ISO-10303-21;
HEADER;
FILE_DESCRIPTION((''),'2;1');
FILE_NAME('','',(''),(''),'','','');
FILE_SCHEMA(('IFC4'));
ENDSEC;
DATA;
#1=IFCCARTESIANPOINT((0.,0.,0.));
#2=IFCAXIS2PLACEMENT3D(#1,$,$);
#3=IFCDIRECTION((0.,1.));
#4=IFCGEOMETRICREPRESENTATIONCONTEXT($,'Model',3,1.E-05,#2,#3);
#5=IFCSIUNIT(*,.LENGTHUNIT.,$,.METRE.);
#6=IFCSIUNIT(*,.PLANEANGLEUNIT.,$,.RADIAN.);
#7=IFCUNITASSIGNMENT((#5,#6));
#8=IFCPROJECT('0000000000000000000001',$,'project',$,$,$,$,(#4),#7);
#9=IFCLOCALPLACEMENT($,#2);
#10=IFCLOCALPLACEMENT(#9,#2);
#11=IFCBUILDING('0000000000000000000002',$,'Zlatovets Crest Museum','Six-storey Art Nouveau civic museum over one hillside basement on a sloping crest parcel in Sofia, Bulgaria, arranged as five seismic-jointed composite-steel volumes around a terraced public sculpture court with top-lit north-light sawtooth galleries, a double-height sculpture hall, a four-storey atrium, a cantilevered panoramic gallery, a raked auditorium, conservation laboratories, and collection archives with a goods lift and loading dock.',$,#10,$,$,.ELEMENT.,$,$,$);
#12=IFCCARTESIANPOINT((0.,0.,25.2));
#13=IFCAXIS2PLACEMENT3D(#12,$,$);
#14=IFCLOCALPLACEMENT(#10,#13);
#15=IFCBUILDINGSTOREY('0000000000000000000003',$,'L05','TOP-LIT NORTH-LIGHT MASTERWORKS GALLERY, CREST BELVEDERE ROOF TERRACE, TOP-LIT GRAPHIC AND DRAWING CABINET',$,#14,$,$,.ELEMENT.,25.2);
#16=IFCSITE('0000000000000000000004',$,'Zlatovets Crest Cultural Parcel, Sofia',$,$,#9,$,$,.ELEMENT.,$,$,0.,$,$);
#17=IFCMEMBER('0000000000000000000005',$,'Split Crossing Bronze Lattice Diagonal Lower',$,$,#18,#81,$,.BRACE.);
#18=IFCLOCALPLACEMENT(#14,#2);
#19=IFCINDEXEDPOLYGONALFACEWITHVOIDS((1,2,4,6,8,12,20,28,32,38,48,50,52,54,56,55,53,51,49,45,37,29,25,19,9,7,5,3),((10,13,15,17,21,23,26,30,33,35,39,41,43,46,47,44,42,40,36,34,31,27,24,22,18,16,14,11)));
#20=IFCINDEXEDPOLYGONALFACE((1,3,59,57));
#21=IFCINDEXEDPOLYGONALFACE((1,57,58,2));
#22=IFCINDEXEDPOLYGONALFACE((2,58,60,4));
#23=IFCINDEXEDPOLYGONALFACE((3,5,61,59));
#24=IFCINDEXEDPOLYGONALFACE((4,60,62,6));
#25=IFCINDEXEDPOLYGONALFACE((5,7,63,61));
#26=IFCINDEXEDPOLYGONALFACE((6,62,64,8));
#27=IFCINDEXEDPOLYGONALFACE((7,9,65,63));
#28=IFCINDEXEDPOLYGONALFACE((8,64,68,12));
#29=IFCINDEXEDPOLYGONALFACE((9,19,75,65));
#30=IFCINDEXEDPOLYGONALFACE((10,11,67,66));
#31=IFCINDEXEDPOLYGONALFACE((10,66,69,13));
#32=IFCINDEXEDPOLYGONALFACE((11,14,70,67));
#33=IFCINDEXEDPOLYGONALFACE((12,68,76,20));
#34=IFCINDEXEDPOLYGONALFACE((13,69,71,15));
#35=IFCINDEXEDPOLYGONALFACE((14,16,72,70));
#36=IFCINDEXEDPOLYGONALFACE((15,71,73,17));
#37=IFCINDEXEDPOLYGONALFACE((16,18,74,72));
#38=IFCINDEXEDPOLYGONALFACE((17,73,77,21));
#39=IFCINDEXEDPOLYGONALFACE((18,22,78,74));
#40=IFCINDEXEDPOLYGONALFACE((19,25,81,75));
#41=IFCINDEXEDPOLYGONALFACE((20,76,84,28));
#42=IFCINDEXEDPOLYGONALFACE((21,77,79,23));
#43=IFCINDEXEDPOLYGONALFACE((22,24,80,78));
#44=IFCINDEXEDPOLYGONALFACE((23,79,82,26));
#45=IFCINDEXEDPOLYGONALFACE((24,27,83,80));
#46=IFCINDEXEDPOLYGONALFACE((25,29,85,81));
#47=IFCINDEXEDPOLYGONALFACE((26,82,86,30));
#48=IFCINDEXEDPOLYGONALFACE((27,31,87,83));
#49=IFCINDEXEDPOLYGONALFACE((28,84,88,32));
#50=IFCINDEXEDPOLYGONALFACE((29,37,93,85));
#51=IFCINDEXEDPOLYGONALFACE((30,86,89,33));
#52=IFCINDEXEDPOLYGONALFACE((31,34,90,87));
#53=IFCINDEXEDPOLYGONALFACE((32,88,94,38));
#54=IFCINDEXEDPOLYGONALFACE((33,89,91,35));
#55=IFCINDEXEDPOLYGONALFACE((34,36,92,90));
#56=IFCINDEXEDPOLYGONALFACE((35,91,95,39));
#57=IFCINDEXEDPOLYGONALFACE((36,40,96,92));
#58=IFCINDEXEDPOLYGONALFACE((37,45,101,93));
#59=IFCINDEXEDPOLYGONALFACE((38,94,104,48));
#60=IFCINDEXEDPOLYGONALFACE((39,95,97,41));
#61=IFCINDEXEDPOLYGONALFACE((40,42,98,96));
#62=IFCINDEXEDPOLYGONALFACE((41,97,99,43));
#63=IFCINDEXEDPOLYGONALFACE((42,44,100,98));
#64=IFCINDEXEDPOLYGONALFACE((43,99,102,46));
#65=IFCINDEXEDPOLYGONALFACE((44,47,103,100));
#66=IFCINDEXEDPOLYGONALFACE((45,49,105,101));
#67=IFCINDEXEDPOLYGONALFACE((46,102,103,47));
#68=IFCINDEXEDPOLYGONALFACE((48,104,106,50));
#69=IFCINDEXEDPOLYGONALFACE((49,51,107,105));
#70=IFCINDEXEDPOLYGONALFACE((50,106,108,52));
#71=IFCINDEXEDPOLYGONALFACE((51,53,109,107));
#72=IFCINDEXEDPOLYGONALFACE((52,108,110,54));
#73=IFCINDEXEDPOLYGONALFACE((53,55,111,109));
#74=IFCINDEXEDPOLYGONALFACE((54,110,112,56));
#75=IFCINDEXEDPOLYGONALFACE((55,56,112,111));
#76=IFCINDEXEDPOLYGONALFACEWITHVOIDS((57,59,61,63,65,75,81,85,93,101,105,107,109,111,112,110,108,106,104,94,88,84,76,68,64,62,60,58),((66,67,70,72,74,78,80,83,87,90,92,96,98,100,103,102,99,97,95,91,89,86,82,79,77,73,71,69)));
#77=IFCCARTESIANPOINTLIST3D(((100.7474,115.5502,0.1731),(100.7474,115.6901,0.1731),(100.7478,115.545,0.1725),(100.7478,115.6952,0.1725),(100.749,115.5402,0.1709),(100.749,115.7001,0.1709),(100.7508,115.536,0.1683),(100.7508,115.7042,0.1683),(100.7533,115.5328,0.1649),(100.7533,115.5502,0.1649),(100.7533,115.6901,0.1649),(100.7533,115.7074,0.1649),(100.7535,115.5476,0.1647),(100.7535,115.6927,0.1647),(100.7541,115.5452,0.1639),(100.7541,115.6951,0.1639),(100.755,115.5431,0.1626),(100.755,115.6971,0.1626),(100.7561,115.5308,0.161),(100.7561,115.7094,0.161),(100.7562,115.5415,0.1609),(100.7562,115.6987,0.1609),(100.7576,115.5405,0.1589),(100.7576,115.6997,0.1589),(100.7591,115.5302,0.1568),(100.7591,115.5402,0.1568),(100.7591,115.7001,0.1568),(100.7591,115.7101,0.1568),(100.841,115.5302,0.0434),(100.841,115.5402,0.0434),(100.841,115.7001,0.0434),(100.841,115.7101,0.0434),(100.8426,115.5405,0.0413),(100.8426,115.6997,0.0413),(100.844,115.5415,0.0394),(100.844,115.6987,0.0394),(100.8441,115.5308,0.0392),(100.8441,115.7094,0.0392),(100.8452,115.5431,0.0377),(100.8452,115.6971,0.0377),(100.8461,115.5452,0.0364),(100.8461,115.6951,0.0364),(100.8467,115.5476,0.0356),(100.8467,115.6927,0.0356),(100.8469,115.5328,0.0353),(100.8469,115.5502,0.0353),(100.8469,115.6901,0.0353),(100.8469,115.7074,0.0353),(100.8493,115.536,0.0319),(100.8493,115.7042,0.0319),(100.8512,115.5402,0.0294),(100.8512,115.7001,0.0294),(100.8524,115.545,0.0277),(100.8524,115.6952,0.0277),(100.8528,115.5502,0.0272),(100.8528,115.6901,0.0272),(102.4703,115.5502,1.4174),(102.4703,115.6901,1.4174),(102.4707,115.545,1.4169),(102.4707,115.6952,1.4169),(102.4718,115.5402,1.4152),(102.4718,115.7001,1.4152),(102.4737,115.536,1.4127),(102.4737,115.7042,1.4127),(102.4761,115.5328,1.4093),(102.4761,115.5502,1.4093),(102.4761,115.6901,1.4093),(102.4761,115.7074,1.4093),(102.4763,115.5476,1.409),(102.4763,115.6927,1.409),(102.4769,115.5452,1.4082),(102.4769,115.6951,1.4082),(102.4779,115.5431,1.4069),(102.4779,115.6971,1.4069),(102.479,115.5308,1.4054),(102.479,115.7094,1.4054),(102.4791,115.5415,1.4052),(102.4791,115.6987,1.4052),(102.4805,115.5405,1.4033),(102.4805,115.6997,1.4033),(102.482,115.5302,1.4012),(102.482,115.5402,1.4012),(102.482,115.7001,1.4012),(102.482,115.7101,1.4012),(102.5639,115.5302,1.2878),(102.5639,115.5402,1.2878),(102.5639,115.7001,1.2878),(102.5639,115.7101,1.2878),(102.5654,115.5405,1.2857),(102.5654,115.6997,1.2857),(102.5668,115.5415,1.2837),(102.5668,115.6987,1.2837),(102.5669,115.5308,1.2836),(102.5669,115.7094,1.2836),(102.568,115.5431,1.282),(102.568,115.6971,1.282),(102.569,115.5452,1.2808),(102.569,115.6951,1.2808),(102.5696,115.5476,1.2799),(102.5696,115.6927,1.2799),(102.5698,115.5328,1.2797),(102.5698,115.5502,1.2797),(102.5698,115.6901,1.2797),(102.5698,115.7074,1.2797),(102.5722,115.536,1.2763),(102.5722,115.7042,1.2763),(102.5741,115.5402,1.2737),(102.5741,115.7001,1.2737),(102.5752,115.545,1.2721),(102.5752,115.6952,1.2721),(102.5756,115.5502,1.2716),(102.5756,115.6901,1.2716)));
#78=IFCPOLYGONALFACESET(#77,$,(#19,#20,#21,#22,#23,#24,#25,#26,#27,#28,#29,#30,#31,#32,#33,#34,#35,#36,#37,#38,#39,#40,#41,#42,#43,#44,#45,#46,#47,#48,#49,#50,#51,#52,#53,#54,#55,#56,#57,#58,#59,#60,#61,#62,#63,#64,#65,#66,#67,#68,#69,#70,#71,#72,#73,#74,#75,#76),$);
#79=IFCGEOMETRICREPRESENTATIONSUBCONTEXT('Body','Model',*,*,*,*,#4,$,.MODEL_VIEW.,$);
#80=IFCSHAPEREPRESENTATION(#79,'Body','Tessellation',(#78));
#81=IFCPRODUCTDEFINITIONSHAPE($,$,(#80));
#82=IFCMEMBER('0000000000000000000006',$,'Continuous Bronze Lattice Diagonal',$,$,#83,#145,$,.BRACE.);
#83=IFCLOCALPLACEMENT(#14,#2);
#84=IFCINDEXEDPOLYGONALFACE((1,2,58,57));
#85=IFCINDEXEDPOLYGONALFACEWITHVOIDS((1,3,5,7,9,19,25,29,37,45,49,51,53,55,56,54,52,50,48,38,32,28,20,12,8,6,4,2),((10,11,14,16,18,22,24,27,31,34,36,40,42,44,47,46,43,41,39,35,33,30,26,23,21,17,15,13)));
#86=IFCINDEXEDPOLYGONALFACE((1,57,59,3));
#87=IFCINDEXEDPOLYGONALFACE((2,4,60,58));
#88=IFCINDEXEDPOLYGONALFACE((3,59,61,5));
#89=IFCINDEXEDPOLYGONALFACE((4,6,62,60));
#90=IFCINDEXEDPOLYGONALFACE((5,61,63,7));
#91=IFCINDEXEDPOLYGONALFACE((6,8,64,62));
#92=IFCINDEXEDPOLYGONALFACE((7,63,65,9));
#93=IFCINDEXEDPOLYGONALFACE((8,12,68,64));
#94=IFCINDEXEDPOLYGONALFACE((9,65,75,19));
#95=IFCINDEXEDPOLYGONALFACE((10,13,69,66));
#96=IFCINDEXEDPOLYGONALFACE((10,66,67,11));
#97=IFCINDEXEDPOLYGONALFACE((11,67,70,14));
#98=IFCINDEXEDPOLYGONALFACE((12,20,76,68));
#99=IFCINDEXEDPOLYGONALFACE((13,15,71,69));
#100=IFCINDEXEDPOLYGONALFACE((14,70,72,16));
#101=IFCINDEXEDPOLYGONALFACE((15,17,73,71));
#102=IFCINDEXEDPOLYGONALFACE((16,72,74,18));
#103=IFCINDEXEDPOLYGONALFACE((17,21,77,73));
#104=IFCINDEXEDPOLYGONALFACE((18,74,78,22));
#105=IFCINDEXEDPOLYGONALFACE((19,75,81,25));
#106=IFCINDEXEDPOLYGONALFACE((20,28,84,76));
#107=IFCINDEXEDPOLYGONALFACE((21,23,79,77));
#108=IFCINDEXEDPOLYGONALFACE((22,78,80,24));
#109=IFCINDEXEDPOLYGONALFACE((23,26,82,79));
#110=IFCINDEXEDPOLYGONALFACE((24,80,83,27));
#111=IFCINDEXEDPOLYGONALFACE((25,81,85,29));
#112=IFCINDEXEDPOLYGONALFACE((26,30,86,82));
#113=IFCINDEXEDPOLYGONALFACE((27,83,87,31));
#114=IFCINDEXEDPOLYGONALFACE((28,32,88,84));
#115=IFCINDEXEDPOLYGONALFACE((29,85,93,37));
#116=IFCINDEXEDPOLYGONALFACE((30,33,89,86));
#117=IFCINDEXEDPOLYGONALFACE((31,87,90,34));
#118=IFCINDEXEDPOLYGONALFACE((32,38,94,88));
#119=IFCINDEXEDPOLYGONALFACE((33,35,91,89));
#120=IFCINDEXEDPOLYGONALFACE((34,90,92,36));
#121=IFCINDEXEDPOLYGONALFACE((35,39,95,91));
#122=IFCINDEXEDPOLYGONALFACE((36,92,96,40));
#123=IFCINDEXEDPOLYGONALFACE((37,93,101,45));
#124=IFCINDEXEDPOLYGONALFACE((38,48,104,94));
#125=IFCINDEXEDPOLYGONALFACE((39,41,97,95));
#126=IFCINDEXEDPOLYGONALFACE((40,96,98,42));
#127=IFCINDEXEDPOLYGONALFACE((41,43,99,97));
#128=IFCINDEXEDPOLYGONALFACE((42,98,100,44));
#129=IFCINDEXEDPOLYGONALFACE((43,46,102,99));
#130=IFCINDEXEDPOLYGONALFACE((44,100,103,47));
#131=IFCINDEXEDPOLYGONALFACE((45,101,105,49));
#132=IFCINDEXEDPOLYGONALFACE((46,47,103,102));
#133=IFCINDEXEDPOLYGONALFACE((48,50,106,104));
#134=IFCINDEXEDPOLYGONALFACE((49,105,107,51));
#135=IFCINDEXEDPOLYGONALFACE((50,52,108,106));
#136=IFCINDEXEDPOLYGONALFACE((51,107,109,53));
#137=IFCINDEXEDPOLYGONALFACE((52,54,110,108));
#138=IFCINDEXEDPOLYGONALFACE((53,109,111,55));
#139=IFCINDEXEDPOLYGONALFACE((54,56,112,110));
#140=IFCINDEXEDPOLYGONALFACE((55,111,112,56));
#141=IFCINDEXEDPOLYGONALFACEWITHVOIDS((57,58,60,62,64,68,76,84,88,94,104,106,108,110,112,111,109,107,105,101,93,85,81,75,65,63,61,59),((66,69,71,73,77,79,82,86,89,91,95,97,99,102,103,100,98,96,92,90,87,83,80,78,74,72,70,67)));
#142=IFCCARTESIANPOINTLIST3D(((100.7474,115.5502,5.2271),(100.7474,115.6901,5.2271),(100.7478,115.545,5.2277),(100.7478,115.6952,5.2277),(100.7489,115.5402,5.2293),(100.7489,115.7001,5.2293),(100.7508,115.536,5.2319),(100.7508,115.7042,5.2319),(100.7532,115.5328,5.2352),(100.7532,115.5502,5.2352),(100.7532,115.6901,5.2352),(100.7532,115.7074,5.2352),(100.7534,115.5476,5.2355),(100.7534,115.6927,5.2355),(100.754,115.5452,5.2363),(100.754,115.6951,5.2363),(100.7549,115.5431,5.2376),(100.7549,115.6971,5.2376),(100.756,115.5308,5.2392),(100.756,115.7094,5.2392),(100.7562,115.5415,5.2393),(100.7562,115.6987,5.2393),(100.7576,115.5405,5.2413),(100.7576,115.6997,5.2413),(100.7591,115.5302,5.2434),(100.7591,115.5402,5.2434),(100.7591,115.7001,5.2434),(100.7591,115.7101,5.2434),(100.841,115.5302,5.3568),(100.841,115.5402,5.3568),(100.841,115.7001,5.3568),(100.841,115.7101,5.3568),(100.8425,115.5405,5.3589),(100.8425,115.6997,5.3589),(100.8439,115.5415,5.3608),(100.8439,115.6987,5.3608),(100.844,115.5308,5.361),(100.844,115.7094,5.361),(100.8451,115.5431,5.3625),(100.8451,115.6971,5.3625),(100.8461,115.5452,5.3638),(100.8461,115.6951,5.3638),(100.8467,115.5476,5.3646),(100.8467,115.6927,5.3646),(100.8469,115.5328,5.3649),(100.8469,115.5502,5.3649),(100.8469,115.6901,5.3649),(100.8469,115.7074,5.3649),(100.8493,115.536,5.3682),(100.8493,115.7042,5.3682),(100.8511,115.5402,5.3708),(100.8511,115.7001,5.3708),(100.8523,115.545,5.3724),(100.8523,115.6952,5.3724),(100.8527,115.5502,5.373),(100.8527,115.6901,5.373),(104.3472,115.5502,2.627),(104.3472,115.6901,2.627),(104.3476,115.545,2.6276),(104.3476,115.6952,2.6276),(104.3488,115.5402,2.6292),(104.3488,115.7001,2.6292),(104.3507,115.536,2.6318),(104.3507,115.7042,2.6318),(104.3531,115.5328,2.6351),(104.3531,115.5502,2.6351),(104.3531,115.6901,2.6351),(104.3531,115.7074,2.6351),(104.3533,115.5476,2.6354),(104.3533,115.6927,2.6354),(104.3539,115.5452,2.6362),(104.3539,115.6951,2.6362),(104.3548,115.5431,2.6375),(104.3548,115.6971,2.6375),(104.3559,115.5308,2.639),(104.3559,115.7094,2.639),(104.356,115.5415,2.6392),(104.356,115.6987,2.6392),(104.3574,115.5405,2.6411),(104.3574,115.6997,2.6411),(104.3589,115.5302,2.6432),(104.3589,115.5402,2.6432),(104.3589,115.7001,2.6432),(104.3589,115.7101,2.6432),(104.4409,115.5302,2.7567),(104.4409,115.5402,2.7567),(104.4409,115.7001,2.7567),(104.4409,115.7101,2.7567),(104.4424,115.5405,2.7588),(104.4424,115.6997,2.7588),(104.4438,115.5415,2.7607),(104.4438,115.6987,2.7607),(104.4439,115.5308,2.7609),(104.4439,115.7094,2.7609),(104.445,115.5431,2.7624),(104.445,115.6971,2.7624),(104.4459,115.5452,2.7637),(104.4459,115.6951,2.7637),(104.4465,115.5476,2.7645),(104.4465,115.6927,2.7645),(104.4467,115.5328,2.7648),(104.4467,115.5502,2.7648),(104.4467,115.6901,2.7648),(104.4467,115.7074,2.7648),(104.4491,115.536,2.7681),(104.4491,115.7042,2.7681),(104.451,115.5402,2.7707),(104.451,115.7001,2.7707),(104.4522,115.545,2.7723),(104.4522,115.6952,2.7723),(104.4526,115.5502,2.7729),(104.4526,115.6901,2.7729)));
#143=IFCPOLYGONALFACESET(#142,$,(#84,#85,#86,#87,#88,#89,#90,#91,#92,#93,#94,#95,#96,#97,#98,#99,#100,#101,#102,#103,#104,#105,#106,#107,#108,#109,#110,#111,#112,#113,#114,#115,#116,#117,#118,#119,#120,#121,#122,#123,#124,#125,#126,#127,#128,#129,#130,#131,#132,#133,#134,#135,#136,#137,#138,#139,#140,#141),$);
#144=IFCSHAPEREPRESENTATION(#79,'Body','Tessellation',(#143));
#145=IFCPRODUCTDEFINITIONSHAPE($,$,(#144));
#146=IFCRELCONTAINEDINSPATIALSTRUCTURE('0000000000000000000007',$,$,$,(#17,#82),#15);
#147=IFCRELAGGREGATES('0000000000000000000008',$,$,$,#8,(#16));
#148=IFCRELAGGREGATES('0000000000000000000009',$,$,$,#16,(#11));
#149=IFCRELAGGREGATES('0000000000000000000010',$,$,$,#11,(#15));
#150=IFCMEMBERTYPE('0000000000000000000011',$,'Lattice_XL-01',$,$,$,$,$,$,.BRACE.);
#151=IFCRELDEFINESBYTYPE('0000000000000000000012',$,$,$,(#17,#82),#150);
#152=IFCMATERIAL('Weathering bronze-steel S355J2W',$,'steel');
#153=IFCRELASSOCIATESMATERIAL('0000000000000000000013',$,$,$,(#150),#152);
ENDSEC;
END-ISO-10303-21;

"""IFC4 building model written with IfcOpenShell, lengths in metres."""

from ifc_helpers import new_model, si_unit, direction, frame, origin, origin_2d, place, context, subcontext, project, spatial, hollow_rectangle, extrude, material, material_profile, profile_set, type_object, element, save


model = new_model("IFC4")

# Units and contexts
model_context = context("Model", 3, precision=1e-05, world=origin(), true_north=direction((0.0, 1.0)))
body_context = subcontext(model_context, "Body", "Model", "MODEL_VIEW")
ifc_project = project(units=[si_unit("LENGTHUNIT", "METRE"), si_unit("PLANEANGLEUNIT", "RADIAN")], contexts=[model_context])

# Site, building, storey
site_placement = place(None, origin())
site = spatial("IfcSite", under=ifc_project, at=site_placement, Name="Zlatovets Crest Cultural Parcel, Sofia", CompositionType="ELEMENT", RefElevation=0.0)
building_placement = place(site_placement, origin())
building = spatial("IfcBuilding", under=site, at=building_placement, Name="Zlatovets Crest Museum", Description="Six-storey Art Nouveau civic museum over one hillside basement on a sloping crest parcel in Sofia, Bulgaria, arranged as five seismic-jointed composite-steel volumes around a terraced public sculpture court with top-lit north-light sawtooth galleries, a double-height sculpture hall, a four-storey atrium, a cantilevered panoramic gallery, a raked auditorium, conservation laboratories, and collection archives with a goods lift and loading dock.", CompositionType="ELEMENT")
storey_placement = place(building_placement, frame((0.0, 0.0, 25.2)))
storey = spatial("IfcBuildingStorey", under=building, at=storey_placement, Name="L05", Description="TOP-LIT NORTH-LIGHT MASTERWORKS GALLERY, CREST BELVEDERE ROOF TERRACE, TOP-LIT GRAPHIC AND DRAWING CABINET", CompositionType="ELEMENT", Elevation=25.2)

# Members
ifc_material_1 = material(Name="Weathering bronze-steel S355J2W", Category="steel")
ifc_material_profile_1 = material_profile(ifc_material_1, hollow_rectangle(XDim=0.1799, YDim=0.1799, WallThickness=0.01, InnerFilletRadius=0.01, OuterFilletRadius=0.02, at=origin_2d()), Name="SHS 180x180x10.0")
ifc_profile_set_1 = profile_set([ifc_material_profile_1], Name="Weathering bronze-steel S355J2W")
member_type_1 = type_object("IfcMemberType", Name="Lattice_XL-01", PredefinedType="BRACE", material=ifc_profile_set_1)
for number, where, z_axis, x_axis, name in (
    (1, (102.5229, 115.6201, 1.3445), (-0.810664, 0.0, -0.585512), (0.0, -1.0, 0.0), "Split Crossing Bronze Lattice Diagonal Lower"),
):
    element("IfcMember", number, at=place(storey_placement, frame(where, z_axis=z_axis, x_axis=x_axis)), inside=storey, type_object=member_type_1, Name=name, PredefinedType="BRACE", context=body_context, shape_type="SweptSolid", body=[
        extrude(hollow_rectangle(XDim=0.1799, YDim=0.1799, WallThickness=0.01, InnerFilletRadius=0.01, OuterFilletRadius=0.02, at=origin_2d()), origin(), (0.0, 0.0, 1.0), 2.1252),
    ])
member_1_placement = place(storey_placement, frame((104.3999, 115.6201, 2.7), z_axis=(-0.810657, 0.0, 0.585521), x_axis=(0.0, -1.0, 0.0)))
element("IfcMember", 2, at=member_1_placement, inside=storey, type_object=member_type_1, Name="Continuous Bronze Lattice Diagonal", PredefinedType="BRACE", context=body_context, shape_type="SweptSolid", body=[
    extrude(hollow_rectangle(XDim=0.1799, YDim=0.1799, WallThickness=0.01, InnerFilletRadius=0.01, OuterFilletRadius=0.02, at=origin_2d()), origin(), (0.0, 0.0, 1.0), 4.4407),
])

save(model, "model.ifc")
